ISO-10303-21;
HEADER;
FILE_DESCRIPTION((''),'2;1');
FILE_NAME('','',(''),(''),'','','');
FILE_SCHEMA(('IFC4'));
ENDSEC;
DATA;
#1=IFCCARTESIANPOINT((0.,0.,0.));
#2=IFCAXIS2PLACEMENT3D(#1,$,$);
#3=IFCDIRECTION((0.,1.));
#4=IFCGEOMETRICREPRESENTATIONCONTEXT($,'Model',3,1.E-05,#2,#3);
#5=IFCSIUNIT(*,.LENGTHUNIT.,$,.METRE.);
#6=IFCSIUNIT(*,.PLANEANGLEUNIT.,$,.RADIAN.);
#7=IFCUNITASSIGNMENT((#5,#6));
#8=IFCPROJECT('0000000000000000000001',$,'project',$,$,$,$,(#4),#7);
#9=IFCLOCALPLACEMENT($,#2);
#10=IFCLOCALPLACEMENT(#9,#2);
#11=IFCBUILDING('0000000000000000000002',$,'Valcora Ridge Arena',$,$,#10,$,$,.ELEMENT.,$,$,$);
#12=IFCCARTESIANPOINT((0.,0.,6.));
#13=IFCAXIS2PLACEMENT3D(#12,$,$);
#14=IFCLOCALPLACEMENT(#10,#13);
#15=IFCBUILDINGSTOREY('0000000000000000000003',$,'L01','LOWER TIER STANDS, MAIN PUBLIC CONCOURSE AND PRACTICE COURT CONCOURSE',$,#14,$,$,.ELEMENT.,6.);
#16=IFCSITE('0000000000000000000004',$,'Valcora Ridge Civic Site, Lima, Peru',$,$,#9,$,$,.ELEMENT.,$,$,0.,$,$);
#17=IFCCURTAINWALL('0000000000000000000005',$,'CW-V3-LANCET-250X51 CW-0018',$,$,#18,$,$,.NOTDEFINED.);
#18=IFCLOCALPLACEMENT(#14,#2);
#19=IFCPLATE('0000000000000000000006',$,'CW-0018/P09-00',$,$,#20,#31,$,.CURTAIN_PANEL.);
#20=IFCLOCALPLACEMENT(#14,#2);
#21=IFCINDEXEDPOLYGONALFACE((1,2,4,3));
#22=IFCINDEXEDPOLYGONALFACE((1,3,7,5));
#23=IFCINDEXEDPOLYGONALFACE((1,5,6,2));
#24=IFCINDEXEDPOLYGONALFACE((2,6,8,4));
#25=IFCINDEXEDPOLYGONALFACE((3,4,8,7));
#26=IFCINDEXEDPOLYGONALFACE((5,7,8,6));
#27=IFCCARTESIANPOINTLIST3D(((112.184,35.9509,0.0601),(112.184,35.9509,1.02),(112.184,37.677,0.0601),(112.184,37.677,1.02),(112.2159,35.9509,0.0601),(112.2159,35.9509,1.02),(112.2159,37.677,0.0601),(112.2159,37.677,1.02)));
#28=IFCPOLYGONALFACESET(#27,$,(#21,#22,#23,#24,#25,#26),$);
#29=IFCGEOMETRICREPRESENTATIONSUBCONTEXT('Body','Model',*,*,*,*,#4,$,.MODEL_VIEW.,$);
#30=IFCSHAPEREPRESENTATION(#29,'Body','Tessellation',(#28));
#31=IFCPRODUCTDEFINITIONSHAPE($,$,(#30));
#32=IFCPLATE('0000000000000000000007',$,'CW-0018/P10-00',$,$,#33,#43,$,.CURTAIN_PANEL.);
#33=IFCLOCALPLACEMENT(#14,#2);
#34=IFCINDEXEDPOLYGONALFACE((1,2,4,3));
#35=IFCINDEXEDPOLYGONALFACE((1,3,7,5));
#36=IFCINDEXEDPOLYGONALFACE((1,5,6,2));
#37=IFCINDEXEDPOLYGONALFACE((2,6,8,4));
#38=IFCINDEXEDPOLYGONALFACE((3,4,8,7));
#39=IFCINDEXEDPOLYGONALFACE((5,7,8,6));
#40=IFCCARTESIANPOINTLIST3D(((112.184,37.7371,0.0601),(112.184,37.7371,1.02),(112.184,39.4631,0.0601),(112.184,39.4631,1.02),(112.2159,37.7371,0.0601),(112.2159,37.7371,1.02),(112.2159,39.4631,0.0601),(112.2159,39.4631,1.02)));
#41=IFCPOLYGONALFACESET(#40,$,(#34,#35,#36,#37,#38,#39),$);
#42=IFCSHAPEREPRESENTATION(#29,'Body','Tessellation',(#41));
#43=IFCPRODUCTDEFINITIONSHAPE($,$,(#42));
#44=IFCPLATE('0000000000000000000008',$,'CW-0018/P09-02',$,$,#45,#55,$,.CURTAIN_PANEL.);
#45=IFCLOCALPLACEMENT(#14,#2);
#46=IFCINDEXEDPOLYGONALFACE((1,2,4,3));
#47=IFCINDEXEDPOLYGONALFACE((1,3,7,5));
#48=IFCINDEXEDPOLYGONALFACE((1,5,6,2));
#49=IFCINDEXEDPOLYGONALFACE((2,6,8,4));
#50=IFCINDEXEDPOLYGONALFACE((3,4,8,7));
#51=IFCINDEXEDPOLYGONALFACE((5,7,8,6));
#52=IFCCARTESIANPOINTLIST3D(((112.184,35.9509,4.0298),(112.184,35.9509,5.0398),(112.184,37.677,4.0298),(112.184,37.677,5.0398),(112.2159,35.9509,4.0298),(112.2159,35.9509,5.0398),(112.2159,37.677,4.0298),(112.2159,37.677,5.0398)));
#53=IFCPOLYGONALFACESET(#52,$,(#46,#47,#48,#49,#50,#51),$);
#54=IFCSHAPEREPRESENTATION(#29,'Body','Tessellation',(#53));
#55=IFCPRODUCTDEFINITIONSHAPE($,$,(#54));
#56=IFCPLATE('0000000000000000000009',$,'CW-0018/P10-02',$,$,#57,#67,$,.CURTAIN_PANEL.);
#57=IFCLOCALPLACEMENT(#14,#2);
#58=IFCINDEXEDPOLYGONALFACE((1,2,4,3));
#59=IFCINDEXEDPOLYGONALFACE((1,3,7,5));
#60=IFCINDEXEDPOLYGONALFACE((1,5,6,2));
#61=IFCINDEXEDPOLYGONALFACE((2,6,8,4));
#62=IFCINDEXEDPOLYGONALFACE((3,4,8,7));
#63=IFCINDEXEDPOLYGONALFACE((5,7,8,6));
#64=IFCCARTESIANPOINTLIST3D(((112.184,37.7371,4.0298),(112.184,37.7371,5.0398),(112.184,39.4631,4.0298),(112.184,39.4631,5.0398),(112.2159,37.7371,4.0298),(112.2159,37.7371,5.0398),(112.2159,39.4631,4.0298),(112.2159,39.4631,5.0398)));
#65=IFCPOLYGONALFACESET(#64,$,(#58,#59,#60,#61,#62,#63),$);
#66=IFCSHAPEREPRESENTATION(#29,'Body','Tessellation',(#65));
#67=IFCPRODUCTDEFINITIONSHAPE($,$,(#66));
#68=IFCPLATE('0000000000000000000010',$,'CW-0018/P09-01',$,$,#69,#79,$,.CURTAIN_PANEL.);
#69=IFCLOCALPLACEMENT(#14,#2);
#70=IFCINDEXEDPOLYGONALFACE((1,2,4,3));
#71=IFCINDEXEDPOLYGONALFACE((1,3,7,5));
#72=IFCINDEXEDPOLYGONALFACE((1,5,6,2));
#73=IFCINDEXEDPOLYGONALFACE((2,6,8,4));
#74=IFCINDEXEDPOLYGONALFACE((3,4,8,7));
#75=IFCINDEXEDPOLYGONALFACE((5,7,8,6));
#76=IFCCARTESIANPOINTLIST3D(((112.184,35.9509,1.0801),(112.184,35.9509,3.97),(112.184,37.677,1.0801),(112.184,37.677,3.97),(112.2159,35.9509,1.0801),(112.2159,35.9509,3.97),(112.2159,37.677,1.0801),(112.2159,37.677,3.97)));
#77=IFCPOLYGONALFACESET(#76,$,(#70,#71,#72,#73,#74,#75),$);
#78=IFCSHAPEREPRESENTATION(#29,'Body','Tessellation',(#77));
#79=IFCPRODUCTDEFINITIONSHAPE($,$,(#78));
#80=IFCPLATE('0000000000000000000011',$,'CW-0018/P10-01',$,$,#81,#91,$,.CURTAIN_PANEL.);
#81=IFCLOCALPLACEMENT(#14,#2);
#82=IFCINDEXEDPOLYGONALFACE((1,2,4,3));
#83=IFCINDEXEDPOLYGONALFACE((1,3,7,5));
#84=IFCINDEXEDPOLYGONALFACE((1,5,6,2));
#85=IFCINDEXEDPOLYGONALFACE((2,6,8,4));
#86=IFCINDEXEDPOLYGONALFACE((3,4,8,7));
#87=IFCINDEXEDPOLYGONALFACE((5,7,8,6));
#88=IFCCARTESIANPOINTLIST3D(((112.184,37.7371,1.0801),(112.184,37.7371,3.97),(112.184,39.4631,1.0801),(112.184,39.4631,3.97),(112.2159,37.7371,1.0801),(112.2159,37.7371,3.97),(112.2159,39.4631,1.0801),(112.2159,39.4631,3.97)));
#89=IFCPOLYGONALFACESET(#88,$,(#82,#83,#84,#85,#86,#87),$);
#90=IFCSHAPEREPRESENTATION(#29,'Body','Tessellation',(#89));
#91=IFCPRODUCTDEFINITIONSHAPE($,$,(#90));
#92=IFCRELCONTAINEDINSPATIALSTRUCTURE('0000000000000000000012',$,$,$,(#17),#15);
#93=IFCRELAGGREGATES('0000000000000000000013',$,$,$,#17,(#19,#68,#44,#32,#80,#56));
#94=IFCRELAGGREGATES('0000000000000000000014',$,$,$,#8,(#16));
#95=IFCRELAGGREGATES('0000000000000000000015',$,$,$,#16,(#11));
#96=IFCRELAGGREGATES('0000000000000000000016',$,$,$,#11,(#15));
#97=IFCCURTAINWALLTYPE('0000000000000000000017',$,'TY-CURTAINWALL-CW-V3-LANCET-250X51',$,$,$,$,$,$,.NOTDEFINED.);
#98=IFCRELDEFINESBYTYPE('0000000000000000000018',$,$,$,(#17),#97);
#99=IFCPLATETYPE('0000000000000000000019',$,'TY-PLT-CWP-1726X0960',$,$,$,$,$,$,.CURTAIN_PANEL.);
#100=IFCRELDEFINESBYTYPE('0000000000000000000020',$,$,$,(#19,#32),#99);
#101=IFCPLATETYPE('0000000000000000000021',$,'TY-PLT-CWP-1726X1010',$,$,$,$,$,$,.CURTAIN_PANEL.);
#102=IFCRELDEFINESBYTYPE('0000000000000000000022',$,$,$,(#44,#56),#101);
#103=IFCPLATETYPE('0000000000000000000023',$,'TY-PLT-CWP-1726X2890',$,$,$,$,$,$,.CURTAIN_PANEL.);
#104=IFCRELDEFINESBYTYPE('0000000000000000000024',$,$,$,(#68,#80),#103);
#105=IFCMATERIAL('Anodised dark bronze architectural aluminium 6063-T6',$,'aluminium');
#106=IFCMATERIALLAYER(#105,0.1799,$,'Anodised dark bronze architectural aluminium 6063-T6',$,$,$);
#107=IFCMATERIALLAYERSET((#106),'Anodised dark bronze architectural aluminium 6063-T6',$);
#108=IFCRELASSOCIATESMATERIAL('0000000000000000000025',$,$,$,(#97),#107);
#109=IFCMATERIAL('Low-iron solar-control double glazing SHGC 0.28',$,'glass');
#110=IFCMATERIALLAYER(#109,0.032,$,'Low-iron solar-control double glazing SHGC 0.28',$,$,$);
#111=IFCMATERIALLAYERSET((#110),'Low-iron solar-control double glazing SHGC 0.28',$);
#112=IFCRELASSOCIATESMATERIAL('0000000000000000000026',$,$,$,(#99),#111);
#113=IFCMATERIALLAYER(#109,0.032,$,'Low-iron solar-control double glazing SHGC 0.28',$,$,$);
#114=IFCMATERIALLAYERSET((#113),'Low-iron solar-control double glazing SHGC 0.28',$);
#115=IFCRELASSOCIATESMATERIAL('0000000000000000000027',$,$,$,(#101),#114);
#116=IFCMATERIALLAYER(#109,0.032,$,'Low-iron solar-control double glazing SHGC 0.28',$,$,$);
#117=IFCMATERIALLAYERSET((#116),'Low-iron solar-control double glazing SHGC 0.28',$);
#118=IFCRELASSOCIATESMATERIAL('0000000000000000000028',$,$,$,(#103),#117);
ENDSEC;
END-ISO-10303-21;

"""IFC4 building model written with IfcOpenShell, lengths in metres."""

from ifc_helpers import new_model, si_unit, direction, frame, origin, origin_2d, place, context, subcontext, project, spatial, rectangle, extrude, material, layer, layer_set, type_object, element, aggregate, save


model = new_model("IFC4")

# Units and contexts
model_context = context("Model", 3, precision=1e-05, world=origin(), true_north=direction((0.0, 1.0)))
body_context = subcontext(model_context, "Body", "Model", "MODEL_VIEW")
ifc_project = project(units=[si_unit("LENGTHUNIT", "METRE"), si_unit("PLANEANGLEUNIT", "RADIAN")], contexts=[model_context])

# Site, building, storey
site_placement = place(None, origin())
site = spatial("IfcSite", under=ifc_project, at=site_placement, Name="Valcora Ridge Civic Site, Lima, Peru", CompositionType="ELEMENT", RefElevation=0.0)
building_placement = place(site_placement, origin())
building = spatial("IfcBuilding", under=site, at=building_placement, Name="Valcora Ridge Arena", CompositionType="ELEMENT")
storey_placement = place(building_placement, frame((0.0, 0.0, 6.0)))
storey = spatial("IfcBuildingStorey", under=building, at=storey_placement, Name="L01", Description="LOWER TIER STANDS, MAIN PUBLIC CONCOURSE AND PRACTICE COURT CONCOURSE", CompositionType="ELEMENT", Elevation=6.0)

# Curtain wall, plates
ifc_material_1 = material(Name="Anodised dark bronze architectural aluminium 6063-T6", Category="aluminium")
ifc_layer_1 = layer(ifc_material_1, 0.1799, Name="Anodised dark bronze architectural aluminium 6063-T6")
ifc_layer_set_1 = layer_set([ifc_layer_1], Name="Anodised dark bronze architectural aluminium 6063-T6")
curtain_wall_type = type_object("IfcCurtainWallType", Name="TY-CURTAINWALL-CW-V3-LANCET-250X51", PredefinedType="NOTDEFINED", material=ifc_layer_set_1)
curtain_wall_placement = place(storey_placement, origin())
curtain_wall = element("IfcCurtainWall", 1, at=curtain_wall_placement, inside=storey, type_object=curtain_wall_type, Name="CW-V3-LANCET-250X51 CW-0018", PredefinedType="NOTDEFINED")
ifc_material_2 = material(Name="Low-iron solar-control double glazing SHGC 0.28", Category="glass")
ifc_layer_2 = layer(ifc_material_2, 0.032, Name="Low-iron solar-control double glazing SHGC 0.28")
ifc_layer_set_2 = layer_set([ifc_layer_2], Name="Low-iron solar-control double glazing SHGC 0.28")
plate_type_1 = type_object("IfcPlateType", Name="TY-PLT-CWP-1726X0960", PredefinedType="CURTAIN_PANEL", material=ifc_layer_set_2)
plate_1_placement = place(storey_placement, frame((112.2, 36.814, 0.0601), z_axis=(0.0, 0.0, 1.0), x_axis=(0.0, 1.0, 0.0)))
plate_1 = element("IfcPlate", 2, at=plate_1_placement, type_object=plate_type_1, Name="CW-0018/P09-00", PredefinedType="CURTAIN_PANEL", context=body_context, shape_type="SweptSolid", body=[
    extrude(rectangle(XDim=1.7261, YDim=0.032, at=origin_2d()), origin(), (0.0, 0.0, 1.0), 0.96),
])
plate_2_placement = place(storey_placement, frame((112.2, 38.6001, 0.0601), z_axis=(0.0, 0.0, 1.0), x_axis=(0.0, 1.0, 0.0)))
plate_2 = element("IfcPlate", 3, at=plate_2_placement, type_object=plate_type_1, Name="CW-0018/P10-00", PredefinedType="CURTAIN_PANEL", context=body_context, shape_type="SweptSolid", body=[
    extrude(rectangle(XDim=1.7261, YDim=0.032, at=origin_2d()), origin(), (0.0, 0.0, 1.0), 0.96),
])
ifc_layer_3 = layer(ifc_material_2, 0.032, Name="Low-iron solar-control double glazing SHGC 0.28")
ifc_layer_set_3 = layer_set([ifc_layer_3], Name="Low-iron solar-control double glazing SHGC 0.28")
plate_type_2 = type_object("IfcPlateType", Name="TY-PLT-CWP-1726X1010", PredefinedType="CURTAIN_PANEL", material=ifc_layer_set_3)
plate_3_placement = place(storey_placement, frame((112.2, 36.814, 4.0298), z_axis=(0.0, 0.0, 1.0), x_axis=(0.0, 1.0, 0.0)))
plate_3 = element("IfcPlate", 4, at=plate_3_placement, type_object=plate_type_2, Name="CW-0018/P09-02", PredefinedType="CURTAIN_PANEL", context=body_context, shape_type="SweptSolid", body=[
    extrude(rectangle(XDim=1.7261, YDim=0.032, at=origin_2d()), origin(), (0.0, 0.0, 1.0), 1.01),
])
plate_4_placement = place(storey_placement, frame((112.2, 38.6001, 4.0298), z_axis=(0.0, 0.0, 1.0), x_axis=(0.0, 1.0, 0.0)))
plate_4 = element("IfcPlate", 5, at=plate_4_placement, type_object=plate_type_2, Name="CW-0018/P10-02", PredefinedType="CURTAIN_PANEL", context=body_context, shape_type="SweptSolid", body=[
    extrude(rectangle(XDim=1.7261, YDim=0.032, at=origin_2d()), origin(), (0.0, 0.0, 1.0), 1.01),
])
ifc_layer_4 = layer(ifc_material_2, 0.032, Name="Low-iron solar-control double glazing SHGC 0.28")
ifc_layer_set_4 = layer_set([ifc_layer_4], Name="Low-iron solar-control double glazing SHGC 0.28")
plate_type_3 = type_object("IfcPlateType", Name="TY-PLT-CWP-1726X2890", PredefinedType="CURTAIN_PANEL", material=ifc_layer_set_4)
plate_5_placement = place(storey_placement, frame((112.2, 36.814, 1.0801), z_axis=(0.0, 0.0, 1.0), x_axis=(0.0, 1.0, 0.0)))
plate_5 = element("IfcPlate", 6, at=plate_5_placement, type_object=plate_type_3, Name="CW-0018/P09-01", PredefinedType="CURTAIN_PANEL", context=body_context, shape_type="SweptSolid", body=[
    extrude(rectangle(XDim=1.7261, YDim=0.032, at=origin_2d()), origin(), (0.0, 0.0, 1.0), 2.8899),
])
plate_6_placement = place(storey_placement, frame((112.2, 38.6001, 1.0801), z_axis=(0.0, 0.0, 1.0), x_axis=(0.0, 1.0, 0.0)))
plate_6 = element("IfcPlate", 7, at=plate_6_placement, type_object=plate_type_3, Name="CW-0018/P10-01", PredefinedType="CURTAIN_PANEL", context=body_context, shape_type="SweptSolid", body=[
    extrude(rectangle(XDim=1.7261, YDim=0.032, at=origin_2d()), origin(), (0.0, 0.0, 1.0), 2.8899),
])
aggregate(curtain_wall, [plate_1, plate_5, plate_3, plate_2, plate_6, plate_4])

save(model, "model.ifc")
